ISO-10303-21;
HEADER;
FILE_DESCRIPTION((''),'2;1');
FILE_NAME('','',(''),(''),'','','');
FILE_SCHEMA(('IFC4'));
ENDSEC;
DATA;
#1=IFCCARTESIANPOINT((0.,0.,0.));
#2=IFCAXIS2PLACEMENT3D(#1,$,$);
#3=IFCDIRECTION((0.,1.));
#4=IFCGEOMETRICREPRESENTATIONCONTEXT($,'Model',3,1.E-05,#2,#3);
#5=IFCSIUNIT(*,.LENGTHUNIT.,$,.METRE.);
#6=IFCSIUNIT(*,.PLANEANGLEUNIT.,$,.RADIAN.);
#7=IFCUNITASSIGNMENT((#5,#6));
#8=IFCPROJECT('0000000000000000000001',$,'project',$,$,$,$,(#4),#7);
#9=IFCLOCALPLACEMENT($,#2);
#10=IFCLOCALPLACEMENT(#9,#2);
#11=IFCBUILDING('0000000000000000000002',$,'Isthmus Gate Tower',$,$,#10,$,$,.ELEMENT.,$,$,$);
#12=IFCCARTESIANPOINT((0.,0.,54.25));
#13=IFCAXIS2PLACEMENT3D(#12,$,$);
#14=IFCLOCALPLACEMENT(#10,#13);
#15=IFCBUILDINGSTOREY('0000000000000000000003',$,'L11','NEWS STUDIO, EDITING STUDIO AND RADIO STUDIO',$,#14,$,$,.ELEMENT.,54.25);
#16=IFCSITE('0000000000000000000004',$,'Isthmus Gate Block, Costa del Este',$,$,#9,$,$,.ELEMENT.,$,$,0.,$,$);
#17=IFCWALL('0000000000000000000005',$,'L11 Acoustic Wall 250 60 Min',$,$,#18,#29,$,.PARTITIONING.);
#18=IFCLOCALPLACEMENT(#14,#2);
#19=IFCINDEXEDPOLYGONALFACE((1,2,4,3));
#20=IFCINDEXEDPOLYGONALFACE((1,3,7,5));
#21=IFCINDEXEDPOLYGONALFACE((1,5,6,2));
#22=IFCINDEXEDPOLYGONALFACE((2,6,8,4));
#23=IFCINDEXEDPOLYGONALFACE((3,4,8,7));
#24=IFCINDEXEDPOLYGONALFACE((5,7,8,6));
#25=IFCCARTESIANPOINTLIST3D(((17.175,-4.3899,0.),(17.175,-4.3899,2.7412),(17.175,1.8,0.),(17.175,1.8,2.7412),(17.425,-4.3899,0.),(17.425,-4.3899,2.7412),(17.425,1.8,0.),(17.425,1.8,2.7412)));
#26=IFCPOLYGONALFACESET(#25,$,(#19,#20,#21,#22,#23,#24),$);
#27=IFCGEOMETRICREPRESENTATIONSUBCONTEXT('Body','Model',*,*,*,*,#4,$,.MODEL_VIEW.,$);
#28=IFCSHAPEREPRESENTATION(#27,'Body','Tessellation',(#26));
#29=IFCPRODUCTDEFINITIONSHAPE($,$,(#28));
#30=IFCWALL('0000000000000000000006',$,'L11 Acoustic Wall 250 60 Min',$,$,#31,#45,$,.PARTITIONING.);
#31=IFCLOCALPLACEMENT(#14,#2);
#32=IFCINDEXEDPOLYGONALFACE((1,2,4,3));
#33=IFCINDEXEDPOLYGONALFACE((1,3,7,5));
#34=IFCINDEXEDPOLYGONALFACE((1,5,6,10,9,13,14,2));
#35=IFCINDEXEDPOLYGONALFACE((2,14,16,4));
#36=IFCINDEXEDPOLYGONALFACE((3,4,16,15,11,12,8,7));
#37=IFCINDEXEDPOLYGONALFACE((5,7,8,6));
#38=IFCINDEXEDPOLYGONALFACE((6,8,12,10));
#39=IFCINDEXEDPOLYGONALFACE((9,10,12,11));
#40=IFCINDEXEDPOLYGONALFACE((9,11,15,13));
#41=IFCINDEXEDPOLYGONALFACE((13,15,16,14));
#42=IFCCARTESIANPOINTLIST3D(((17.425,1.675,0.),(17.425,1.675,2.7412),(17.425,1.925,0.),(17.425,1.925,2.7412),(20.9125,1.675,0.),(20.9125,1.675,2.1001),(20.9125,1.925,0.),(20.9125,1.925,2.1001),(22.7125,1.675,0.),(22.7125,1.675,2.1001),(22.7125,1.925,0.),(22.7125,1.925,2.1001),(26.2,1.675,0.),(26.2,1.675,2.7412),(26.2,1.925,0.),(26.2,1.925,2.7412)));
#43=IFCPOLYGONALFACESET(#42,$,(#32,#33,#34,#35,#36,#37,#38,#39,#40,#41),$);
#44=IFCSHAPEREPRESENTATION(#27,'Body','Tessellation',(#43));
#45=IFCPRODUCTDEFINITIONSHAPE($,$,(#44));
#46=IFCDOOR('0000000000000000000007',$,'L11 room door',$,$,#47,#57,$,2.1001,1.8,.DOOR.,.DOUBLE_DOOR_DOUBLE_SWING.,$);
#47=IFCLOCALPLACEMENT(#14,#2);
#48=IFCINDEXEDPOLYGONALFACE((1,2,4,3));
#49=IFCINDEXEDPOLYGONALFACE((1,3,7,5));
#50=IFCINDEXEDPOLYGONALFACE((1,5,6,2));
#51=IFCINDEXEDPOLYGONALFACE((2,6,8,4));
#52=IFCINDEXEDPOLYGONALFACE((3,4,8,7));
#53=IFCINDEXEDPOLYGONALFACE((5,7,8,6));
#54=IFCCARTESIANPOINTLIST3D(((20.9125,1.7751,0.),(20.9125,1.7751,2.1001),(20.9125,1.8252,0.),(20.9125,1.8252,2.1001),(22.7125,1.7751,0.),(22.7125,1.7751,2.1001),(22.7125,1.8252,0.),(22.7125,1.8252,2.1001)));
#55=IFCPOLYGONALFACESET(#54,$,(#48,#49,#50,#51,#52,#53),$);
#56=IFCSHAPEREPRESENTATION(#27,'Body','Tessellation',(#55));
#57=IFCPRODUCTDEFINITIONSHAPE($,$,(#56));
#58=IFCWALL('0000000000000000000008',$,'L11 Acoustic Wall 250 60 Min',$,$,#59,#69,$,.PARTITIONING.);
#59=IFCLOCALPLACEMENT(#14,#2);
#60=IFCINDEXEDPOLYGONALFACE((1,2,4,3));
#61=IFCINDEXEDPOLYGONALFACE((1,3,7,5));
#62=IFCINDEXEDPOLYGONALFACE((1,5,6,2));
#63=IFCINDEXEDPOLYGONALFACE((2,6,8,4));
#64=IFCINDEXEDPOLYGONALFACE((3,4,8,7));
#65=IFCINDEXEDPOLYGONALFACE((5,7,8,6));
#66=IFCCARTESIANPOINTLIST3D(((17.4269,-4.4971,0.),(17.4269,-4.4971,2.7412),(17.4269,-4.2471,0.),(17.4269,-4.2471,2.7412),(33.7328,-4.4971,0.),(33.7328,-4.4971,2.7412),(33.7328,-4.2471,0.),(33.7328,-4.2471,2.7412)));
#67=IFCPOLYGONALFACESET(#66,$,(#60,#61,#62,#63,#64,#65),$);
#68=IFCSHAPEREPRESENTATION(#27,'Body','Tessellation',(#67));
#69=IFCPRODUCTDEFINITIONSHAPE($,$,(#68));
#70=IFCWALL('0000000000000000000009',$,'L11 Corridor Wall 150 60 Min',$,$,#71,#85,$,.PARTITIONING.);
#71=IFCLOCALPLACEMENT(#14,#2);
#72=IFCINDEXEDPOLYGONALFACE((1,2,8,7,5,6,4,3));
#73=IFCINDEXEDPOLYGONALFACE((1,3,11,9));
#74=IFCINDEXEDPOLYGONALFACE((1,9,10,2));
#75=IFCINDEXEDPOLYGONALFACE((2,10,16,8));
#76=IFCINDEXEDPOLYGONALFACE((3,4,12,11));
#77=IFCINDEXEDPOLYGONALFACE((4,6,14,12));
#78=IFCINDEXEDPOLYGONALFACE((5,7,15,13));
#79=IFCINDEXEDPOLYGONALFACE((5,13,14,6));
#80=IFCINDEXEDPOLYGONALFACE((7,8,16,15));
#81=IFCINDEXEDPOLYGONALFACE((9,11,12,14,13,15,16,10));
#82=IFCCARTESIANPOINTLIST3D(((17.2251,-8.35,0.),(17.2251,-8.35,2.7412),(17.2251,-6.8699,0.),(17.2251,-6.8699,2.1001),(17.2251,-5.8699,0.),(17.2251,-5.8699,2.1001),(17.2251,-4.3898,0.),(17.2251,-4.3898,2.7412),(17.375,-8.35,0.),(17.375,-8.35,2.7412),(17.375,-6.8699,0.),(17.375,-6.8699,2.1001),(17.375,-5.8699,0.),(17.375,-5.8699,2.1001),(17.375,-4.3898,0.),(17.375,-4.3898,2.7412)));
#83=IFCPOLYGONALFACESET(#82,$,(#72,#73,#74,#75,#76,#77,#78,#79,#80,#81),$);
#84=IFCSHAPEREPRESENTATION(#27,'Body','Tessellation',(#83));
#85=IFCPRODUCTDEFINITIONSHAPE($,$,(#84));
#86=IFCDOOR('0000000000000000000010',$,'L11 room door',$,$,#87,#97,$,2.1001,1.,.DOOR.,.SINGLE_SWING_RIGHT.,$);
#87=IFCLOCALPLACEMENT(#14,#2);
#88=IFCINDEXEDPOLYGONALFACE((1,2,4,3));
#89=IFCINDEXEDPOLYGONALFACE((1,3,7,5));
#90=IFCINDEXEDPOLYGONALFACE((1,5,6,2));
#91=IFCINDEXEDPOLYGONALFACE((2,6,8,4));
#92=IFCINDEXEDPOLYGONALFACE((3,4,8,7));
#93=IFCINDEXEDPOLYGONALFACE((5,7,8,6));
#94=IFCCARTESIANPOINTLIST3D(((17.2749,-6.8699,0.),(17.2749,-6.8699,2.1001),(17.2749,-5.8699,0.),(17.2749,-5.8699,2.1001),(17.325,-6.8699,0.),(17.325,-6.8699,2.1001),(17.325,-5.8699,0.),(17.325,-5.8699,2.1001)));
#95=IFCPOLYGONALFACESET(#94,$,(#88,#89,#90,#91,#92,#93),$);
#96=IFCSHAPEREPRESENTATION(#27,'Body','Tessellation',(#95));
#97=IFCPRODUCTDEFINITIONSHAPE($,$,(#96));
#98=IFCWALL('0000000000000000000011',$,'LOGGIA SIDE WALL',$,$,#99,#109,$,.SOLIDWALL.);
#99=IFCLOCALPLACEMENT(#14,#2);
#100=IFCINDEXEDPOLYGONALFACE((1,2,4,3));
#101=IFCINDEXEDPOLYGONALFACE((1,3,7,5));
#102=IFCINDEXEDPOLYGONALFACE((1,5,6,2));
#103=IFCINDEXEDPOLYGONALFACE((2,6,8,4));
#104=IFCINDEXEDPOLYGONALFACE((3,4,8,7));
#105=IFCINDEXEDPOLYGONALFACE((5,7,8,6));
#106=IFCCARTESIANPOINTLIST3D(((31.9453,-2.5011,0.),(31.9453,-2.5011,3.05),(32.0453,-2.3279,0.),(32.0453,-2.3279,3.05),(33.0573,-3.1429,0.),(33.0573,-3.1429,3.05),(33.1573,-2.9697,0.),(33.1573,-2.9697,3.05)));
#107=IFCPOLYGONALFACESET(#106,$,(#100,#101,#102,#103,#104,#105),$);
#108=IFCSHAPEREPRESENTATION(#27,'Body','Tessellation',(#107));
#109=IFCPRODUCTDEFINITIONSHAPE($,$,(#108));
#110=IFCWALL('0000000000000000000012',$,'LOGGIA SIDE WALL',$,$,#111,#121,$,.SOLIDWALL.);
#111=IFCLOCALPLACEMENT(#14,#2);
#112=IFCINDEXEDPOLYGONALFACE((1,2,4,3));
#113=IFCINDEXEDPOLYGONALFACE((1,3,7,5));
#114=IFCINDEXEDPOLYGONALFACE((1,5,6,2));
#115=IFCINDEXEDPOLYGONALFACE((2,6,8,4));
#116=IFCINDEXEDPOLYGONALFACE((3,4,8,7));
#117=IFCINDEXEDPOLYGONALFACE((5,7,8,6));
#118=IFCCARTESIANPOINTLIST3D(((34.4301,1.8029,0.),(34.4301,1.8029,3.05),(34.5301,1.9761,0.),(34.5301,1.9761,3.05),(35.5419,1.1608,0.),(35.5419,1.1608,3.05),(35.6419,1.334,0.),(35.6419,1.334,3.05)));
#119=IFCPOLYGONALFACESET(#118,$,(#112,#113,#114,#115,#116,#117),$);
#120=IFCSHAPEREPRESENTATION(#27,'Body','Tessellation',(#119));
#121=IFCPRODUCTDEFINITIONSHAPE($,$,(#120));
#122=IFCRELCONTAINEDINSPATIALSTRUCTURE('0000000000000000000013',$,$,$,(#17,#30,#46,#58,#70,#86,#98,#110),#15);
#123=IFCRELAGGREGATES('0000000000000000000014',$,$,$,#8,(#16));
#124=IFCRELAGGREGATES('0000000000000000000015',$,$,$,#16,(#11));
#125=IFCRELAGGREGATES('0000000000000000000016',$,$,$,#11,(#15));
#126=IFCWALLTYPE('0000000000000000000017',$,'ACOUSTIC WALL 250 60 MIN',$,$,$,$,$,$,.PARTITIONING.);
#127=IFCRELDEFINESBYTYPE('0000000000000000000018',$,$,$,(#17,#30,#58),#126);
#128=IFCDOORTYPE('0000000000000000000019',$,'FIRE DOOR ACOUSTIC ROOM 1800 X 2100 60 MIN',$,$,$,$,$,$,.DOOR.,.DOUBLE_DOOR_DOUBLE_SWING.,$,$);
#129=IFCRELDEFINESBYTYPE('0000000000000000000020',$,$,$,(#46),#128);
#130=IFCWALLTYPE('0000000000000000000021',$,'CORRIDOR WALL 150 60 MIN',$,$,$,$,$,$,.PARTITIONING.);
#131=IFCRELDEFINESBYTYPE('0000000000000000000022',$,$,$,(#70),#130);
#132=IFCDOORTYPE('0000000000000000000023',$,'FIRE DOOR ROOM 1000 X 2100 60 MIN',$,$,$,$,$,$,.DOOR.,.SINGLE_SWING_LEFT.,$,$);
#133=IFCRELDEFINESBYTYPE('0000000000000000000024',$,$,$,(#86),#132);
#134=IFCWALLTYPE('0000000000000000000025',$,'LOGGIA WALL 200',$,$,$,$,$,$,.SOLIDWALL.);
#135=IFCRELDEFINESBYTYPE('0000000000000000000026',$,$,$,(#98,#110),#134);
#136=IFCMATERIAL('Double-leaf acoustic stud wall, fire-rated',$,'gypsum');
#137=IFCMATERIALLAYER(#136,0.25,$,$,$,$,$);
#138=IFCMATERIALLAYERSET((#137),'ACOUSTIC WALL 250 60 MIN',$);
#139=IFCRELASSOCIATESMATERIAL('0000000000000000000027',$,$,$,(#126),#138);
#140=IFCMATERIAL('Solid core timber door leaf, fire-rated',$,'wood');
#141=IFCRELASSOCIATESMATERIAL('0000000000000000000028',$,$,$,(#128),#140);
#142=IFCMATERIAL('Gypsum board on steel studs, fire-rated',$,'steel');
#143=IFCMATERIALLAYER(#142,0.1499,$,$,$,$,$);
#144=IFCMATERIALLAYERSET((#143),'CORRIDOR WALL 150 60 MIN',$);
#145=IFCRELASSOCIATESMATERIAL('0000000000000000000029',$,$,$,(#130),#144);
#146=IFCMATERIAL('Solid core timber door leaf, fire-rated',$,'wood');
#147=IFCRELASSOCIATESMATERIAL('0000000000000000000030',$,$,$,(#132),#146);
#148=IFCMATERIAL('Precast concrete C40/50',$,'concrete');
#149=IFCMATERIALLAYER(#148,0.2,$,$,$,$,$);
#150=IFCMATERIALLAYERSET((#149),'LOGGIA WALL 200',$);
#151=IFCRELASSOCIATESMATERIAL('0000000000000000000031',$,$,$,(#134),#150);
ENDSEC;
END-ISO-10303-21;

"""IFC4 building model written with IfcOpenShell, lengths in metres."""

from ifc_helpers import new_model, si_unit, direction, frame, frame_2d, origin, place, context, subcontext, project, spatial, rectangle, extrude, material, layer, layer_set, type_object, element, fill, save


model = new_model("IFC4")

# Units and contexts
model_context = context("Model", 3, precision=1e-05, world=origin(), true_north=direction((0.0, 1.0)))
body_context = subcontext(model_context, "Body", "Model", "MODEL_VIEW")
ifc_project = project(units=[si_unit("LENGTHUNIT", "METRE"), si_unit("PLANEANGLEUNIT", "RADIAN")], contexts=[model_context])

# Site, building, storey
site_placement = place(None, origin())
site = spatial("IfcSite", under=ifc_project, at=site_placement, Name="Isthmus Gate Block, Costa del Este", CompositionType="ELEMENT", RefElevation=0.0)
building_placement = place(site_placement, origin())
building = spatial("IfcBuilding", under=site, at=building_placement, Name="Isthmus Gate Tower", CompositionType="ELEMENT")
storey_placement = place(building_placement, frame((0.0, 0.0, 54.25)))
storey = spatial("IfcBuildingStorey", under=building, at=storey_placement, Name="L11", Description="NEWS STUDIO, EDITING STUDIO AND RADIO STUDIO", CompositionType="ELEMENT", Elevation=54.25)

# Wall
ifc_material_1 = material(Name="Double-leaf acoustic stud wall, fire-rated", Category="gypsum")
ifc_layer_1 = layer(ifc_material_1, 0.25)
ifc_layer_set_1 = layer_set([ifc_layer_1], Name="ACOUSTIC WALL 250 60 MIN")
wall_type_1 = type_object("IfcWallType", Name="ACOUSTIC WALL 250 60 MIN", PredefinedType="PARTITIONING", material=ifc_layer_set_1)
wall_1_placement = place(storey_placement, frame((17.3, 1.8, 0.0), z_axis=(0.0, 0.0, 1.0), x_axis=(0.0, -1.0, 0.0)))
element("IfcWall", 1, at=wall_1_placement, inside=storey, type_object=wall_type_1, Name="L11 Acoustic Wall 250 60 Min", PredefinedType="PARTITIONING", context=body_context, shape_type="SweptSolid", body=[
    extrude(rectangle(XDim=6.1899, YDim=0.25, at=frame_2d((3.095, 0.0))), origin(), (0.0, 0.0, 1.0), 2.7412),
])

# Wall, opening, door
wall_2_placement = place(storey_placement, frame((26.2, 1.8, 0.0), z_axis=(0.0, 0.0, 1.0), x_axis=(-1.0, 0.0, 0.0)))
wall_2 = element("IfcWall", 2, at=wall_2_placement, inside=storey, type_object=wall_type_1, Name="L11 Acoustic Wall 250 60 Min", PredefinedType="PARTITIONING", context=body_context, shape_type="SweptSolid", body=[
    extrude(rectangle(XDim=8.7749, YDim=0.25, at=frame_2d((4.3875, 0.0))), origin(), (0.0, 0.0, 1.0), 2.7412),
])
opening_1_placement = place(wall_2_placement, frame((3.4875, 0.0, 0.0)))
opening_1 = element("IfcOpeningElement", 3, at=opening_1_placement, cuts=wall_2, PredefinedType="OPENING", context=body_context, shape_type="SweptSolid", body=[
    extrude(rectangle(XDim=1.8, YDim=2.1001, at=frame_2d((0.8999, 1.05))), frame((0.0, 0.135, 0.0), z_axis=(0.0, -1.0, 0.0), x_axis=(1.0, 0.0, 0.0)), (0.0, 0.0, 1.0), 0.27),
])
ifc_material_2 = material(Name="Solid core timber door leaf, fire-rated", Category="wood")
door_type_1 = type_object("IfcDoorType", Name="FIRE DOOR ACOUSTIC ROOM 1800 X 2100 60 MIN", OperationType="DOUBLE_DOOR_DOUBLE_SWING", PredefinedType="DOOR", material=ifc_material_2)
door_1_placement = place(opening_1_placement, origin())
door_1 = element("IfcDoor", 4, at=door_1_placement, inside=storey, type_object=door_type_1, Name="L11 room door", OperationType="DOUBLE_DOOR_DOUBLE_SWING", OverallHeight=2.1001, OverallWidth=1.8, PredefinedType="DOOR", context=body_context, shape_type="SweptSolid", body=[
    extrude(rectangle(XDim=1.8, YDim=2.1001, at=frame_2d((0.8999, 1.05))), frame((0.0, 0.0249, 0.0), z_axis=(0.0, -1.0, 0.0), x_axis=(1.0, 0.0, 0.0)), (0.0, 0.0, 1.0), 0.05),
])
fill(opening_1, door_1)

# Wall
wall_3_placement = place(storey_placement, frame((17.427, -4.3721, 0.0), z_axis=(0.0, 0.0, 1.0), x_axis=(1.0, 0.0, 0.0)))
element("IfcWall", 5, at=wall_3_placement, inside=storey, type_object=wall_type_1, Name="L11 Acoustic Wall 250 60 Min", PredefinedType="PARTITIONING", context=body_context, shape_type="SweptSolid", body=[
    extrude(rectangle(XDim=16.3059, YDim=0.25, at=frame_2d((8.1528, 0.0))), origin(), (0.0, 0.0, 1.0), 2.7412),
])

# Wall, opening, door
ifc_material_3 = material(Name="Gypsum board on steel studs, fire-rated", Category="steel")
ifc_layer_2 = layer(ifc_material_3, 0.1499)
ifc_layer_set_2 = layer_set([ifc_layer_2], Name="CORRIDOR WALL 150 60 MIN")
wall_type_2 = type_object("IfcWallType", Name="CORRIDOR WALL 150 60 MIN", PredefinedType="PARTITIONING", material=ifc_layer_set_2)
wall_4_placement = place(storey_placement, frame((17.3, -4.3899, 0.0), z_axis=(0.0, 0.0, 1.0), x_axis=(0.0, -1.0, 0.0)))
wall_4 = element("IfcWall", 6, at=wall_4_placement, inside=storey, type_object=wall_type_2, Name="L11 Corridor Wall 150 60 Min", PredefinedType="PARTITIONING", context=body_context, shape_type="SweptSolid", body=[
    extrude(rectangle(XDim=3.9602, YDim=0.1499, at=frame_2d((1.98, 0.0))), origin(), (0.0, 0.0, 1.0), 2.7412),
])
opening_2_placement = place(wall_4_placement, frame((1.48, 0.0, 0.0)))
opening_2 = element("IfcOpeningElement", 7, at=opening_2_placement, cuts=wall_4, PredefinedType="OPENING", context=body_context, shape_type="SweptSolid", body=[
    extrude(rectangle(XDim=1.0, YDim=2.1001, at=frame_2d((0.5, 1.05))), frame((0.0, 0.085, 0.0), z_axis=(0.0, -1.0, 0.0), x_axis=(1.0, 0.0, 0.0)), (0.0, 0.0, 1.0), 0.1699),
])
ifc_material_4 = material(Name="Solid core timber door leaf, fire-rated", Category="wood")
door_type_2 = type_object("IfcDoorType", Name="FIRE DOOR ROOM 1000 X 2100 60 MIN", OperationType="SINGLE_SWING_LEFT", PredefinedType="DOOR", material=ifc_material_4)
door_2_placement = place(opening_2_placement, origin())
door_2 = element("IfcDoor", 8, at=door_2_placement, inside=storey, type_object=door_type_2, Name="L11 room door", OperationType="SINGLE_SWING_RIGHT", OverallHeight=2.1001, OverallWidth=1.0, PredefinedType="DOOR", context=body_context, shape_type="SweptSolid", body=[
    extrude(rectangle(XDim=1.0, YDim=2.1001, at=frame_2d((0.5, 1.05))), frame((0.0, 0.0249, 0.0), z_axis=(0.0, -1.0, 0.0), x_axis=(1.0, 0.0, 0.0)), (0.0, 0.0, 1.0), 0.05),
])
fill(opening_2, door_2)
ifc_material_5 = material(Name="Precast concrete C40/50", Category="concrete")
ifc_layer_3 = layer(ifc_material_5, 0.2)
ifc_layer_set_3 = layer_set([ifc_layer_3], Name="LOGGIA WALL 200")
wall_type_3 = type_object("IfcWallType", Name="LOGGIA WALL 200", PredefinedType="SOLIDWALL", material=ifc_layer_set_3)

# Walls
for number, where, z_axis, x_axis, name in (
    (9, (33.1074, -3.0564, 0.0), (0.0, 0.0, 1.0), (-0.866094, 0.499882, 0.0), "LOGGIA SIDE WALL"),
    (10, (35.592, 1.2473, 0.0), (0.0, 0.0, 1.0), (-0.865964, 0.500107, 0.0), "LOGGIA SIDE WALL"),
):
    element("IfcWall", number, at=place(storey_placement, frame(where, z_axis=z_axis, x_axis=x_axis)), inside=storey, type_object=wall_type_3, Name=name, PredefinedType="SOLIDWALL", context=body_context, shape_type="SweptSolid", body=[
        extrude(rectangle(XDim=1.2839, YDim=0.2, at=frame_2d((0.6421, 0.0))), origin(), (0.0, 0.0, 1.0), 3.05),
    ])

save(model, "model.ifc")
